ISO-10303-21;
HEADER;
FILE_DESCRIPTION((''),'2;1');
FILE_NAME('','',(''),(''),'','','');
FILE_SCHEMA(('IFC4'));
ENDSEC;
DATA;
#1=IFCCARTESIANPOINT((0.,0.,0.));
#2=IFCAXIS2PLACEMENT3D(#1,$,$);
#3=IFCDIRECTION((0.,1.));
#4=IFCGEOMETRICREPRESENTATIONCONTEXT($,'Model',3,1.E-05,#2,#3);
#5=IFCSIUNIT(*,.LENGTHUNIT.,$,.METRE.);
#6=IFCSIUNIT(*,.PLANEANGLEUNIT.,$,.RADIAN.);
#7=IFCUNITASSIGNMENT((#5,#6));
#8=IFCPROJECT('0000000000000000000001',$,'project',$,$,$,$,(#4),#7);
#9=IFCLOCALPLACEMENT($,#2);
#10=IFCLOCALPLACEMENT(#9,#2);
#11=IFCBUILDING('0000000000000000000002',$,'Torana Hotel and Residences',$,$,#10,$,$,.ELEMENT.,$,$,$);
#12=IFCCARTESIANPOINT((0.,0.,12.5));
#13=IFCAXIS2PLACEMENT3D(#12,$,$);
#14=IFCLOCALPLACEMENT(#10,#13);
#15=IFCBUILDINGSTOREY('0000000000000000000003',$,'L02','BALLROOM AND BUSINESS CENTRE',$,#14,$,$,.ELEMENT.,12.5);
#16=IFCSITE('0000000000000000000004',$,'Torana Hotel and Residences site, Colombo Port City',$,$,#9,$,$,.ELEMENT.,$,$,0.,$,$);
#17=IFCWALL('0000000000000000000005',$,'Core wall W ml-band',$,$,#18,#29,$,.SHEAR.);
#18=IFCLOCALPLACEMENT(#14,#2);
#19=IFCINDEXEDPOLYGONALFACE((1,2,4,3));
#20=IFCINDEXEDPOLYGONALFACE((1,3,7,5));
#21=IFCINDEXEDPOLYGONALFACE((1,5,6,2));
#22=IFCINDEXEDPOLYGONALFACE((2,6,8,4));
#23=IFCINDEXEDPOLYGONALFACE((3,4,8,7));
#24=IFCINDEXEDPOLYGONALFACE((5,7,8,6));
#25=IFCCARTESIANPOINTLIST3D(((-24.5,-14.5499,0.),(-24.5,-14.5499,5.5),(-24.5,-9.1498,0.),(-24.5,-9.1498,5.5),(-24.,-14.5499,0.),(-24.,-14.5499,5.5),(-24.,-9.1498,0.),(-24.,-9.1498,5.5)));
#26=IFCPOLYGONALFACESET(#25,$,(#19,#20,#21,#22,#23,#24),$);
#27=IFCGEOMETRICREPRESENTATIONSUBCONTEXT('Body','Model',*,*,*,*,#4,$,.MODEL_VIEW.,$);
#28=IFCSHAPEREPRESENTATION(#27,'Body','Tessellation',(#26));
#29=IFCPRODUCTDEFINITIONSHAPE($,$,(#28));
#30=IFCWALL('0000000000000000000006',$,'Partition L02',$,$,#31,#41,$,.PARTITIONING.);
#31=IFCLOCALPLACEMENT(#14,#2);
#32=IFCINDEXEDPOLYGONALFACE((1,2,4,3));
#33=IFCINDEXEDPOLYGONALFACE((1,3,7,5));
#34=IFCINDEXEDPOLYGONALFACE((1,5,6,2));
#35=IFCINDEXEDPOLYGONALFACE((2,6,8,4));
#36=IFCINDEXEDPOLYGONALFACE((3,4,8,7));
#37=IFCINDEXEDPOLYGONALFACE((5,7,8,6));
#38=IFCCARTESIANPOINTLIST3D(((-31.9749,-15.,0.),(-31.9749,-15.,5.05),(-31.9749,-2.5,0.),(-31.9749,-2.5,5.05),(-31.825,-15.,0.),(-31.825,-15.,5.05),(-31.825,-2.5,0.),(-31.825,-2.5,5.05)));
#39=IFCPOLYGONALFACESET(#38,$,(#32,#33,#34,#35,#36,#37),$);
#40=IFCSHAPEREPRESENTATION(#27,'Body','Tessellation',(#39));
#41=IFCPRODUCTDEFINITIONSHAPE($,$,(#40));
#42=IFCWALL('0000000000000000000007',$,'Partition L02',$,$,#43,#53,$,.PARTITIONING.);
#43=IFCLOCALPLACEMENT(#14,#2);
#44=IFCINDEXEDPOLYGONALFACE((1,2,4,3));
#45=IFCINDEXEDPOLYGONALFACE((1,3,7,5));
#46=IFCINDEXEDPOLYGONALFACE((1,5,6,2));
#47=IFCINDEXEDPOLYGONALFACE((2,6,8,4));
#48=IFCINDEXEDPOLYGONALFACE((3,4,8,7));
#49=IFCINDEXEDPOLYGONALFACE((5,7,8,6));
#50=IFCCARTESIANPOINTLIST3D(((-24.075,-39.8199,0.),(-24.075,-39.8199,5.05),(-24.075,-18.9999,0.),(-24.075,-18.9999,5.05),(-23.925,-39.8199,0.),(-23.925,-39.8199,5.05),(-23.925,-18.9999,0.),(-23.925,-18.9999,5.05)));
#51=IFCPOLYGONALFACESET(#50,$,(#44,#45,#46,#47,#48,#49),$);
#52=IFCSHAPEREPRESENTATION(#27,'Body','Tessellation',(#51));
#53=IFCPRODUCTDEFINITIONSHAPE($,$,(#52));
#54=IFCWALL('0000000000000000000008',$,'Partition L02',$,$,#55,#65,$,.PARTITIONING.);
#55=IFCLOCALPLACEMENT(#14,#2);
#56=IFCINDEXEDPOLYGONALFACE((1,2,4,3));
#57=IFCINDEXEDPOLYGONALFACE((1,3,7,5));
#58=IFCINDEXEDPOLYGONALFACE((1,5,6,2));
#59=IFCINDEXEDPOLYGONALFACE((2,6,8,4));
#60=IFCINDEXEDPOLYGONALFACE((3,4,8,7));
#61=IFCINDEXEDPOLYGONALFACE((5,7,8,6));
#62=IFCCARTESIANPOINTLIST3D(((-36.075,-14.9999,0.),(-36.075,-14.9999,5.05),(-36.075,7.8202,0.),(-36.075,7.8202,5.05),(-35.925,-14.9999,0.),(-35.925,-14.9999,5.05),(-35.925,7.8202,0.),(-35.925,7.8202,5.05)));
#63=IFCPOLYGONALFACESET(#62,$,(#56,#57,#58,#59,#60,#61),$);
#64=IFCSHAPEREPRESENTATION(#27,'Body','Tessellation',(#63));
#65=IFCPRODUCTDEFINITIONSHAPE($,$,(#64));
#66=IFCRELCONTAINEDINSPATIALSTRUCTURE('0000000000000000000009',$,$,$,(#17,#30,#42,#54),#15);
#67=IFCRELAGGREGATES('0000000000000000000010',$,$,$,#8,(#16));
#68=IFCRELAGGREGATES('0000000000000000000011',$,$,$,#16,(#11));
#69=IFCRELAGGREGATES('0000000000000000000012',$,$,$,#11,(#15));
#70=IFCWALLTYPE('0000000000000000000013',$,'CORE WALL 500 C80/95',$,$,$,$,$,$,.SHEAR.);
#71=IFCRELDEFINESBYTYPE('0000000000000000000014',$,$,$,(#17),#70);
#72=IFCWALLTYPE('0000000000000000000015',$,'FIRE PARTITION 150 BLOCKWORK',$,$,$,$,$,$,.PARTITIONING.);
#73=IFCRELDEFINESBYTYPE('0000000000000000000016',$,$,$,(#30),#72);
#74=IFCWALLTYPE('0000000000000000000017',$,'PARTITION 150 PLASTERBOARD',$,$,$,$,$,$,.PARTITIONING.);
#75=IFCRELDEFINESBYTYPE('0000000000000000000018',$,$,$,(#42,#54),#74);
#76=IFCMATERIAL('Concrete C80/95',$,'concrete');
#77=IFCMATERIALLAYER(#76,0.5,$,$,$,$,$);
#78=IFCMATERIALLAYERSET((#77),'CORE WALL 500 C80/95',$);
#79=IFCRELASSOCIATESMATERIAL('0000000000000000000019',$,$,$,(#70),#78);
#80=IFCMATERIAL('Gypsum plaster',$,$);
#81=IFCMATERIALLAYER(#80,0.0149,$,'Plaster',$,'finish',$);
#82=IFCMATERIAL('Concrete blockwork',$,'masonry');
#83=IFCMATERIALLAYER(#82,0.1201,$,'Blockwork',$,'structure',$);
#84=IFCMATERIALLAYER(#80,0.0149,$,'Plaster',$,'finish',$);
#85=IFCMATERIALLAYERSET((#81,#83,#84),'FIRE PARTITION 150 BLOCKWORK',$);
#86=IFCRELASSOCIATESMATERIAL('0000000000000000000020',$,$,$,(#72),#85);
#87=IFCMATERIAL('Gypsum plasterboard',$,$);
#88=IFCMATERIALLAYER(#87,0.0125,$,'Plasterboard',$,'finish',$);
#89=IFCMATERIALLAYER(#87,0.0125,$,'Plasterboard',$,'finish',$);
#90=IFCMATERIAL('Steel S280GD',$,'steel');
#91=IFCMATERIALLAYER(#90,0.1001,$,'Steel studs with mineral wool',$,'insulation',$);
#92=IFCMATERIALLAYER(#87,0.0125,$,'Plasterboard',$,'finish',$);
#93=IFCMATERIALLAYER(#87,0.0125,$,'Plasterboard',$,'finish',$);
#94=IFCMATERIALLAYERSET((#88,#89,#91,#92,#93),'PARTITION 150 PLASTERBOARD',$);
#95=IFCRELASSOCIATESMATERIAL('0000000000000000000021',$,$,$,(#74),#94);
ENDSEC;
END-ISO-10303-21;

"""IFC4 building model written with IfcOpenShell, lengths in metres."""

from ifc_helpers import new_model, si_unit, direction, frame, frame_2d, origin, place, context, subcontext, project, spatial, rectangle, extrude, material, layer, layer_set, type_object, element, save


model = new_model("IFC4")

# Units and contexts
model_context = context("Model", 3, precision=1e-05, world=origin(), true_north=direction((0.0, 1.0)))
body_context = subcontext(model_context, "Body", "Model", "MODEL_VIEW")
ifc_project = project(units=[si_unit("LENGTHUNIT", "METRE"), si_unit("PLANEANGLEUNIT", "RADIAN")], contexts=[model_context])

# Site, building, storey
site_placement = place(None, origin())
site = spatial("IfcSite", under=ifc_project, at=site_placement, Name="Torana Hotel and Residences site, Colombo Port City", CompositionType="ELEMENT", RefElevation=0.0)
building_placement = place(site_placement, origin())
building = spatial("IfcBuilding", under=site, at=building_placement, Name="Torana Hotel and Residences", CompositionType="ELEMENT")
storey_placement = place(building_placement, frame((0.0, 0.0, 12.5)))
storey = spatial("IfcBuildingStorey", under=building, at=storey_placement, Name="L02", Description="BALLROOM AND BUSINESS CENTRE", CompositionType="ELEMENT", Elevation=12.5)

# Shared definitions
ifc_material_1 = material(Name="Concrete C80/95", Category="concrete")
ifc_layer_1 = layer(ifc_material_1, 0.5)
ifc_layer_set_1 = layer_set([ifc_layer_1], Name="CORE WALL 500 C80/95")
wall_type_1 = type_object("IfcWallType", Name="CORE WALL 500 C80/95", PredefinedType="SHEAR", material=ifc_layer_set_1)

# Walls
wall_1_placement = place(storey_placement, frame((-24.25, -14.55, 0.0), z_axis=(0.0, 0.0, 1.0), x_axis=(0.0, 1.0, 0.0)))
element("IfcWall", 1, at=wall_1_placement, inside=storey, type_object=wall_type_1, Name="Core wall W ml-band", PredefinedType="SHEAR", context=body_context, shape_type="SweptSolid", body=[
    extrude(rectangle(XDim=5.4001, YDim=0.5, at=frame_2d((2.7002, 0.0))), origin(), (0.0, 0.0, 1.0), 5.5),
])
ifc_material_2 = material(Name="Gypsum plaster")
ifc_layer_2 = layer(ifc_material_2, 0.0149, Name="Plaster", Category="finish")
ifc_material_3 = material(Name="Concrete blockwork", Category="masonry")
ifc_layer_3 = layer(ifc_material_3, 0.1201, Name="Blockwork", Category="structure")
ifc_layer_4 = layer(ifc_material_2, 0.0149, Name="Plaster", Category="finish")
ifc_layer_set_2 = layer_set([ifc_layer_2, ifc_layer_3, ifc_layer_4], Name="FIRE PARTITION 150 BLOCKWORK")
wall_type_2 = type_object("IfcWallType", Name="FIRE PARTITION 150 BLOCKWORK", PredefinedType="PARTITIONING", material=ifc_layer_set_2)
wall_2_placement = place(storey_placement, frame((-31.8999, -15.0, 0.0), z_axis=(0.0, 0.0, 1.0), x_axis=(0.0, 1.0, 0.0)))
element("IfcWall", 2, at=wall_2_placement, inside=storey, type_object=wall_type_2, Name="Partition L02", PredefinedType="PARTITIONING", context=body_context, shape_type="SweptSolid", body=[
    extrude(rectangle(XDim=12.5, YDim=0.1499, at=frame_2d((6.25, 0.0))), origin(), (0.0, 0.0, 1.0), 5.05),
])
ifc_material_4 = material(Name="Gypsum plasterboard")
ifc_layer_5 = layer(ifc_material_4, 0.0125, Name="Plasterboard", Category="finish")
ifc_layer_6 = layer(ifc_material_4, 0.0125, Name="Plasterboard", Category="finish")
ifc_material_5 = material(Name="Steel S280GD", Category="steel")
ifc_layer_7 = layer(ifc_material_5, 0.1001, Name="Steel studs with mineral wool", Category="insulation")
ifc_layer_8 = layer(ifc_material_4, 0.0125, Name="Plasterboard", Category="finish")
ifc_layer_9 = layer(ifc_material_4, 0.0125, Name="Plasterboard", Category="finish")
ifc_layer_set_3 = layer_set([ifc_layer_5, ifc_layer_6, ifc_layer_7, ifc_layer_8, ifc_layer_9], Name="PARTITION 150 PLASTERBOARD")
wall_type_3 = type_object("IfcWallType", Name="PARTITION 150 PLASTERBOARD", PredefinedType="PARTITIONING", material=ifc_layer_set_3)
wall_3_placement = place(storey_placement, frame((-24.0, -39.8201, 0.0), z_axis=(0.0, 0.0, 1.0), x_axis=(0.0, 1.0, 0.0)))
element("IfcWall", 3, at=wall_3_placement, inside=storey, type_object=wall_type_3, Name="Partition L02", PredefinedType="PARTITIONING", context=body_context, shape_type="SweptSolid", body=[
    extrude(rectangle(XDim=20.8201, YDim=0.1499, at=frame_2d((10.4102, 0.0))), origin(), (0.0, 0.0, 1.0), 5.05),
])
wall_4_placement = place(storey_placement, frame((-36.0, -15.0, 0.0), z_axis=(0.0, 0.0, 1.0), x_axis=(0.0, 1.0, 0.0)))
element("IfcWall", 4, at=wall_4_placement, inside=storey, type_object=wall_type_3, Name="Partition L02", PredefinedType="PARTITIONING", context=body_context, shape_type="SweptSolid", body=[
    extrude(rectangle(XDim=22.8201, YDim=0.1499, at=frame_2d((11.4102, 0.0))), origin(), (0.0, 0.0, 1.0), 5.05),
])

save(model, "model.ifc")
